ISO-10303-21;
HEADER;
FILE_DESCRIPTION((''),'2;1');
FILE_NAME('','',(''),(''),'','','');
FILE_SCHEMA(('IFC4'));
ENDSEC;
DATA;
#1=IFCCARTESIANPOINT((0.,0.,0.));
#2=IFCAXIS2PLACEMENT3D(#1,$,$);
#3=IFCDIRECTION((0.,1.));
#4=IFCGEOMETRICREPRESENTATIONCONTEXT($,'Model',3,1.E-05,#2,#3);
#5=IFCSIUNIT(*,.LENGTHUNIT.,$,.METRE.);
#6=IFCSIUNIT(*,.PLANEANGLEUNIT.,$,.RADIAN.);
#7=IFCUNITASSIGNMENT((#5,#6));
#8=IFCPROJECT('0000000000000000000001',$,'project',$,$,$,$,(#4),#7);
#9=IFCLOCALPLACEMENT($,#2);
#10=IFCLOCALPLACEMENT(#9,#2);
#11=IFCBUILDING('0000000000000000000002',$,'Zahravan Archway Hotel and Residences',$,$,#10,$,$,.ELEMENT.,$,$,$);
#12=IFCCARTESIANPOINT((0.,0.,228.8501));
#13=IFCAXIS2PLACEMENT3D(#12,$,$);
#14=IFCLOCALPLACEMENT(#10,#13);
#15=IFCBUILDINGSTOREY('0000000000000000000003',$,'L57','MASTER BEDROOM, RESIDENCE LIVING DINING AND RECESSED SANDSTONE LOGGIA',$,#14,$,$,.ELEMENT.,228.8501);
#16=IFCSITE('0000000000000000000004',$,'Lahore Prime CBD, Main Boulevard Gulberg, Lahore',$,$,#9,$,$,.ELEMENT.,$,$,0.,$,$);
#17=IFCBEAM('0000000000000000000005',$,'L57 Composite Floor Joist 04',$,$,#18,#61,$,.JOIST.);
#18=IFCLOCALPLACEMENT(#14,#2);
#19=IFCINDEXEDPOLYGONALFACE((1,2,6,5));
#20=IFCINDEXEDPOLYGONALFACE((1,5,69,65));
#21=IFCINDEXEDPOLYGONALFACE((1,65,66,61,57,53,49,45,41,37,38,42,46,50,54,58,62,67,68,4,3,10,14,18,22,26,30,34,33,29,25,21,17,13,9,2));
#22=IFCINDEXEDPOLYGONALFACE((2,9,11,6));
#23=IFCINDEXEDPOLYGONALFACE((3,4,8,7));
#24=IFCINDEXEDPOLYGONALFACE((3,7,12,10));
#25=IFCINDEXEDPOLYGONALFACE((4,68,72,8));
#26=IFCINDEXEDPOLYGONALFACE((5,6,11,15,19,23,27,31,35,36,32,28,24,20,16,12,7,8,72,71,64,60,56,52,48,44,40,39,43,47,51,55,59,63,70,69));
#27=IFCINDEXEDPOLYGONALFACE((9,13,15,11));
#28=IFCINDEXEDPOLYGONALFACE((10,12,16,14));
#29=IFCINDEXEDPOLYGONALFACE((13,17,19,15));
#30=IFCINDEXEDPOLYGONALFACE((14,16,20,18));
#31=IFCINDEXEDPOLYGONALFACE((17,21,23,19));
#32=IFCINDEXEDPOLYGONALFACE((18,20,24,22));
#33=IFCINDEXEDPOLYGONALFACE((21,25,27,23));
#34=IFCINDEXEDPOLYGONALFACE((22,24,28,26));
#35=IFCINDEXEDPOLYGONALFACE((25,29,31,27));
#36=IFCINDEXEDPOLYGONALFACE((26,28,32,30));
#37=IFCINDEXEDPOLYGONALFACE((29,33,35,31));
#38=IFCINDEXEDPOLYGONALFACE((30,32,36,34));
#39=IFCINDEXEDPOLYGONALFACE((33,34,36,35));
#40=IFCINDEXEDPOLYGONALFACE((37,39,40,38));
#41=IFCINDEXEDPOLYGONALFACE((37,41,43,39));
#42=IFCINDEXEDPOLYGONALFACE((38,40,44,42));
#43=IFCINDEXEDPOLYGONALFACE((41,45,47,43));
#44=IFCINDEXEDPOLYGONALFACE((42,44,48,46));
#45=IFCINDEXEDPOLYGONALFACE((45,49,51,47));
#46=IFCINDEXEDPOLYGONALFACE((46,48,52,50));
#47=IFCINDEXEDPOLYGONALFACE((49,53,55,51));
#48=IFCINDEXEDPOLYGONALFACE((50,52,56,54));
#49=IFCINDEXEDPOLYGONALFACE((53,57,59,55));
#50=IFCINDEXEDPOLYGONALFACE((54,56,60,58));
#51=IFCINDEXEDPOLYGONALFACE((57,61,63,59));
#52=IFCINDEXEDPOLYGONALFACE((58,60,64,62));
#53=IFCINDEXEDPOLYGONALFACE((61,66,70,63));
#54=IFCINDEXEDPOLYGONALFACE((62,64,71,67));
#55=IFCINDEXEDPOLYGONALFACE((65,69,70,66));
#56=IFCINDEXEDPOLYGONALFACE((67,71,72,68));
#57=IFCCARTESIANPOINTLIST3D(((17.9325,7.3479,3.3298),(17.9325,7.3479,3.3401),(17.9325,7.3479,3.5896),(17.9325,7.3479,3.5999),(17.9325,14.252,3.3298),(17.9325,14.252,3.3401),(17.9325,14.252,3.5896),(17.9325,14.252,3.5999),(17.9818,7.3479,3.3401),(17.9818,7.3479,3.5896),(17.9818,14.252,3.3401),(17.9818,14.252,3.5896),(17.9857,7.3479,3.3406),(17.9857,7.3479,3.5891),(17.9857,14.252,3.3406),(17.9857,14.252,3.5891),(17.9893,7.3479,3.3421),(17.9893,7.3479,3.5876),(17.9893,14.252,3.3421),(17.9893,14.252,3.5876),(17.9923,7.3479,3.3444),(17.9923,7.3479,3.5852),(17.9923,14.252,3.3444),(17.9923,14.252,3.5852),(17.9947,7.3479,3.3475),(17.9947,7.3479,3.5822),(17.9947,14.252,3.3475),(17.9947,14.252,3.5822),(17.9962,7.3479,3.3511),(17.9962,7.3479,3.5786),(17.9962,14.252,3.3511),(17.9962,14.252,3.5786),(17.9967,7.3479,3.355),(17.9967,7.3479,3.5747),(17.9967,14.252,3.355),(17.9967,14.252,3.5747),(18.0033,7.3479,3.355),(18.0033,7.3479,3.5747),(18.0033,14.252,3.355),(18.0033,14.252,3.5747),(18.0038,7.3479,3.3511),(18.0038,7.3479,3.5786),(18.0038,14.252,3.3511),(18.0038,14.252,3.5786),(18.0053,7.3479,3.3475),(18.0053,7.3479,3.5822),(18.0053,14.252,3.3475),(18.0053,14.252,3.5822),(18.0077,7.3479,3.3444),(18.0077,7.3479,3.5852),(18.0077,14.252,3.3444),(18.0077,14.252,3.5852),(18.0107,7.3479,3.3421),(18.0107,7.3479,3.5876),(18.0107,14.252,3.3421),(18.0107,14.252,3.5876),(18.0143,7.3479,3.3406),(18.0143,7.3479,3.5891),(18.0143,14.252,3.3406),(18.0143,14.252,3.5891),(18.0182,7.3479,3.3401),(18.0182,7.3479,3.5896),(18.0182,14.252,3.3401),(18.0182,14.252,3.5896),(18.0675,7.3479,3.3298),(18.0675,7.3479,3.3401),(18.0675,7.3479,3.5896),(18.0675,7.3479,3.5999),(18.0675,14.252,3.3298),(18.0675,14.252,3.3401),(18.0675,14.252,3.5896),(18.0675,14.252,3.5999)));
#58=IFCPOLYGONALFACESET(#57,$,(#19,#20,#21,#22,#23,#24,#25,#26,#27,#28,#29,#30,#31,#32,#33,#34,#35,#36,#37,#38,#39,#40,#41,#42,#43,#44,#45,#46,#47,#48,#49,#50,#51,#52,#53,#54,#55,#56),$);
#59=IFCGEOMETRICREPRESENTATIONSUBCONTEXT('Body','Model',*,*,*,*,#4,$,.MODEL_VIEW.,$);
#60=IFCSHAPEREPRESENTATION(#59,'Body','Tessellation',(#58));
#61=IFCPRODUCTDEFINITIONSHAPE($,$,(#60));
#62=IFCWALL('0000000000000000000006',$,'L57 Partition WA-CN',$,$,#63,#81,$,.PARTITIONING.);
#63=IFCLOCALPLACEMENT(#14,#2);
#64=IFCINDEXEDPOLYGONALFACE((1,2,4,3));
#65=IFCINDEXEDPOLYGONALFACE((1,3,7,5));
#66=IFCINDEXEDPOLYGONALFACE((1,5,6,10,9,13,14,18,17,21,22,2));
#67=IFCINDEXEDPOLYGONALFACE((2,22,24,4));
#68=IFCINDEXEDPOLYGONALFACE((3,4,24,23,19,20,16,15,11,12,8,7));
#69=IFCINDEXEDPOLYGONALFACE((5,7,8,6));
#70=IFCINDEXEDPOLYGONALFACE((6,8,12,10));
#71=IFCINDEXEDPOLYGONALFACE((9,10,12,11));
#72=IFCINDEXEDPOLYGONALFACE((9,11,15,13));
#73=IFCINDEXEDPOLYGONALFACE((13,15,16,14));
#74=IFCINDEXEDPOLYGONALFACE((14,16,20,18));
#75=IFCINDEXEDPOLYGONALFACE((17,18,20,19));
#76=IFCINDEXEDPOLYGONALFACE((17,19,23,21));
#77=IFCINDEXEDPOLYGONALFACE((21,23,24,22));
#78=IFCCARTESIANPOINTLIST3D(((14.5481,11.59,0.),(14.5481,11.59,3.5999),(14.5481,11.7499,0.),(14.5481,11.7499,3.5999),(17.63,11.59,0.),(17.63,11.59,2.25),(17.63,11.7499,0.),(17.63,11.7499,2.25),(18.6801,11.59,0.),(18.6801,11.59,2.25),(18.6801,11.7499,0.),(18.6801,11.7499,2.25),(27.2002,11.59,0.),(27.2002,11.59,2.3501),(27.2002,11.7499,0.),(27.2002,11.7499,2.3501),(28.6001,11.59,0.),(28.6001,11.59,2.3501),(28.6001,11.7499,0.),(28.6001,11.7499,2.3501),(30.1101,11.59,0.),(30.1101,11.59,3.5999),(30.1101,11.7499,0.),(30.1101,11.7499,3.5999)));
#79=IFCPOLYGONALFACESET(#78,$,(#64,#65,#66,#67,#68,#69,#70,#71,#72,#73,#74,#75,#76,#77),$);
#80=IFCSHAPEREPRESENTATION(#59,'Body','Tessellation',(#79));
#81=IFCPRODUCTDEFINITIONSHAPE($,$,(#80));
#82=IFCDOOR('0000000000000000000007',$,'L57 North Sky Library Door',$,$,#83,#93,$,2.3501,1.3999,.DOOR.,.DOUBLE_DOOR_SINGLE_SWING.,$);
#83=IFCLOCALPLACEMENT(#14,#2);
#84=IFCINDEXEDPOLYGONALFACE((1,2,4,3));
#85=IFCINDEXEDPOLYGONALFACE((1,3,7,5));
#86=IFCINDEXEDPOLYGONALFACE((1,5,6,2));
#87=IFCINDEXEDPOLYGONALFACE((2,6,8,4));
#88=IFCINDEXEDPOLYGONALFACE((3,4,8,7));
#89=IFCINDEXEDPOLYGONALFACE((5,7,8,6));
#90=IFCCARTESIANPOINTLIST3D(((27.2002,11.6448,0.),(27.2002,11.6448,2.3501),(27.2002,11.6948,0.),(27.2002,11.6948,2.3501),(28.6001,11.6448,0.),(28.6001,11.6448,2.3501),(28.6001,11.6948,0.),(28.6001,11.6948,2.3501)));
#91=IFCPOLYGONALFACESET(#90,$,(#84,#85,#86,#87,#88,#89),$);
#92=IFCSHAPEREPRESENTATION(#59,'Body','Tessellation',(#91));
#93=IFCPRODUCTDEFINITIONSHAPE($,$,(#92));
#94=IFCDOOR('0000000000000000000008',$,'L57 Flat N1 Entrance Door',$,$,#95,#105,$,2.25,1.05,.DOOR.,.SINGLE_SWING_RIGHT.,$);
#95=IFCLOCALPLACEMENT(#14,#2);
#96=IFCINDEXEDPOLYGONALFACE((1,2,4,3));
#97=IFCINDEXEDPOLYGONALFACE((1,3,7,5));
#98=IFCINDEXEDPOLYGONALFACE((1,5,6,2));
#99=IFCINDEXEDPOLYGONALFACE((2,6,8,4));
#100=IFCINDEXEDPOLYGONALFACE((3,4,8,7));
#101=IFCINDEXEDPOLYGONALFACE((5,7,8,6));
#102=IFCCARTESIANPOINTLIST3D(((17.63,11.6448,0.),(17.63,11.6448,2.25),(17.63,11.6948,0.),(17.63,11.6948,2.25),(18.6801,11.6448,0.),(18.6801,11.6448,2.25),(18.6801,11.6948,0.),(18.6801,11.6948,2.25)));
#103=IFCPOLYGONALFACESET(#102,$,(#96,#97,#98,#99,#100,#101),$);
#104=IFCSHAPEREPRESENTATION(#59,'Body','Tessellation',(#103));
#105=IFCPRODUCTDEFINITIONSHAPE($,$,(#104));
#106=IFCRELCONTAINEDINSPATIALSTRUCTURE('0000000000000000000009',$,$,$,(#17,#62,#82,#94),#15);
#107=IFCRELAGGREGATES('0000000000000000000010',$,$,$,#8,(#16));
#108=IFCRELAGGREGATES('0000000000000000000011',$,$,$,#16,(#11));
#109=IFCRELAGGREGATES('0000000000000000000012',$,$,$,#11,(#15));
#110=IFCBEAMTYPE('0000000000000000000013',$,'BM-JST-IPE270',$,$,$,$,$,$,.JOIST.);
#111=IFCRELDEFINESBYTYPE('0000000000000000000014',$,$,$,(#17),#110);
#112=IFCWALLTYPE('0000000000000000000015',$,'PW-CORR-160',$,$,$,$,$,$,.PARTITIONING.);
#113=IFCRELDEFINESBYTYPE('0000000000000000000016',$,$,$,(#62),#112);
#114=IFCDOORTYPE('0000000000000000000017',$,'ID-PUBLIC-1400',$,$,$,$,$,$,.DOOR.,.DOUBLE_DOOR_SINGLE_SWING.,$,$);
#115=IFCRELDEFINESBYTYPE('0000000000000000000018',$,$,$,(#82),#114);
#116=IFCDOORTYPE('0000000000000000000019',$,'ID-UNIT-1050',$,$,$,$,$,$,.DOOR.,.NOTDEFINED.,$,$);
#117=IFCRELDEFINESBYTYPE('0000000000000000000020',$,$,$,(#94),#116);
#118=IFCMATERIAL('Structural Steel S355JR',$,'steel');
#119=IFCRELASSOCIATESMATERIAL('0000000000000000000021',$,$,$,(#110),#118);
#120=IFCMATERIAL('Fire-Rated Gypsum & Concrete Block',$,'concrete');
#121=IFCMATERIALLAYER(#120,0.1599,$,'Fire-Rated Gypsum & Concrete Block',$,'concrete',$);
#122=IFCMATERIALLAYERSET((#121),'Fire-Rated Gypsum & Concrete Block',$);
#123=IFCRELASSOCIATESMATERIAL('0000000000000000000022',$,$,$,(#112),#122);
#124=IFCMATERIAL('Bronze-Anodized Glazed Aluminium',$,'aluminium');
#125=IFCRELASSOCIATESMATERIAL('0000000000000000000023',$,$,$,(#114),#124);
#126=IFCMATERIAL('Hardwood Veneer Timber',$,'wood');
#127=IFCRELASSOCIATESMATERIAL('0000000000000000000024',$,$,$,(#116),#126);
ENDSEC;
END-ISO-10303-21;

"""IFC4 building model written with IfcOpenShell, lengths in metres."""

from ifc_helpers import new_model, si_unit, direction, frame, frame_2d, origin, origin_2d, place, context, subcontext, project, spatial, rectangle, i_section, extrude, source, transform, mapped, material, layer, layer_set, material_profile, profile_set, type_object, type_shapes, element, fill, save


model = new_model("IFC4")

# Units and contexts
model_context = context("Model", 3, precision=1e-05, world=origin(), true_north=direction((0.0, 1.0)))
body_context = subcontext(model_context, "Body", "Model", "MODEL_VIEW")
ifc_project = project(units=[si_unit("LENGTHUNIT", "METRE"), si_unit("PLANEANGLEUNIT", "RADIAN")], contexts=[model_context])

# Site, building, storey
site_placement = place(None, origin())
site = spatial("IfcSite", under=ifc_project, at=site_placement, Name="Lahore Prime CBD, Main Boulevard Gulberg, Lahore", CompositionType="ELEMENT", RefElevation=0.0)
building_placement = place(site_placement, origin())
building = spatial("IfcBuilding", under=site, at=building_placement, Name="Zahravan Archway Hotel and Residences", CompositionType="ELEMENT")
storey_placement = place(building_placement, frame((0.0, 0.0, 228.8501)))
storey = spatial("IfcBuildingStorey", under=building, at=storey_placement, Name="L57", Description="MASTER BEDROOM, RESIDENCE LIVING DINING AND RECESSED SANDSTONE LOGGIA", CompositionType="ELEMENT", Elevation=228.8501)

# Beam
ifc_material_1 = material(Name="Structural Steel S355JR", Category="steel")
ifc_material_profile_1 = material_profile(ifc_material_1, i_section(OverallWidth=0.135, OverallDepth=0.27, WebThickness=0.0066, FlangeThickness=0.0103, FilletRadius=0.0149, at=origin_2d()), Name="IPE 270", Category="steel")
ifc_profile_set_1 = profile_set([ifc_material_profile_1], Name="Structural Steel S355JR")
beam_type_1 = type_object("IfcBeamType", Name="BM-JST-IPE270", PredefinedType="JOIST", material=ifc_profile_set_1)
shared_shape_1 = source(origin(), body_context, "Body", "SweptSolid", [
    extrude(i_section(OverallWidth=0.135, OverallDepth=0.27, WebThickness=0.0066, FlangeThickness=0.0103, FilletRadius=0.0149, at=origin_2d()), origin(), (0.0, 0.0, 1.0), 6.9041),
])
type_shapes(beam_type_1, [shared_shape_1])
beam_1_placement = place(storey_placement, frame((18.0, 7.3479, 3.4648), z_axis=(0.0, 1.0, 0.0), x_axis=(-1.0, 0.0, 0.0)))
element("IfcBeam", 1, at=beam_1_placement, inside=storey, type_object=beam_type_1, Name="L57 Composite Floor Joist 04", PredefinedType="JOIST", context=body_context, shape_type="MappedRepresentation", body=[
    mapped(shared_shape_1, transform((0.0, 0.0, 0.0), scale=1.0)),
])

# Wall, openings, doors
ifc_material_2 = material(Name="Fire-Rated Gypsum & Concrete Block", Category="concrete")
ifc_layer_1 = layer(ifc_material_2, 0.1599, Name="Fire-Rated Gypsum & Concrete Block", Category="concrete")
ifc_layer_set_1 = layer_set([ifc_layer_1], Name="Fire-Rated Gypsum & Concrete Block")
wall_type_1 = type_object("IfcWallType", Name="PW-CORR-160", PredefinedType="PARTITIONING", material=ifc_layer_set_1)
wall_1_placement = place(storey_placement, frame((14.5481, 11.6699, 0.0), z_axis=(0.0, 0.0, 1.0), x_axis=(1.0, 0.0, 0.0)))
wall_1 = element("IfcWall", 2, at=wall_1_placement, inside=storey, type_object=wall_type_1, Name="L57 Partition WA-CN", PredefinedType="PARTITIONING", context=body_context, shape_type="SweptSolid", body=[
    extrude(rectangle(XDim=15.562, YDim=0.1599, at=frame_2d((7.781, 0.0))), origin(), (0.0, 0.0, 1.0), 3.5999),
])
opening_1_placement = place(wall_1_placement, frame((3.082, 0.0, 0.0)))
opening_1 = element("IfcOpeningElement", 3, at=opening_1_placement, cuts=wall_1, PredefinedType="OPENING", context=body_context, shape_type="SweptSolid", body=[
    extrude(rectangle(XDim=1.05, YDim=2.25, at=frame_2d((0.5249, 1.125))), frame((0.0, 0.0898, 0.0), z_axis=(0.0, -1.0, 0.0), x_axis=(1.0, 0.0, 0.0)), (0.0, 0.0, 1.0), 0.1799),
])
opening_2_placement = place(wall_1_placement, frame((12.6521, 0.0, 0.0)))
opening_2 = element("IfcOpeningElement", 4, at=opening_2_placement, cuts=wall_1, PredefinedType="OPENING", context=body_context, shape_type="SweptSolid", body=[
    extrude(rectangle(XDim=1.3999, YDim=2.3501, at=frame_2d((0.7, 1.175))), frame((0.0, 0.0898, 0.0), z_axis=(0.0, -1.0, 0.0), x_axis=(1.0, 0.0, 0.0)), (0.0, 0.0, 1.0), 0.1799),
])
ifc_material_3 = material(Name="Bronze-Anodized Glazed Aluminium", Category="aluminium")
door_type_1 = type_object("IfcDoorType", Name="ID-PUBLIC-1400", OperationType="DOUBLE_DOOR_SINGLE_SWING", PredefinedType="DOOR", material=ifc_material_3)
shared_shape_2 = source(origin(), body_context, "Body", "SweptSolid", [
    extrude(rectangle(XDim=1.3999, YDim=2.3501, at=frame_2d((0.7, 1.175))), frame((0.0, 0.0249, 0.0), z_axis=(0.0, -1.0, 0.0), x_axis=(1.0, 0.0, 0.0)), (0.0, 0.0, 1.0), 0.05),
])
type_shapes(door_type_1, [shared_shape_2])
door_1_placement = place(opening_2_placement, origin())
door_1 = element("IfcDoor", 5, at=door_1_placement, inside=storey, type_object=door_type_1, Name="L57 North Sky Library Door", OperationType="DOUBLE_DOOR_SINGLE_SWING", OverallHeight=2.3501, OverallWidth=1.3999, PredefinedType="DOOR", context=body_context, shape_type="MappedRepresentation", body=[
    mapped(shared_shape_2, transform((0.0, 0.0, 0.0), scale=1.0)),
])
fill(opening_2, door_1)
ifc_material_4 = material(Name="Hardwood Veneer Timber", Category="wood")
door_type_2 = type_object("IfcDoorType", Name="ID-UNIT-1050", OperationType="NOTDEFINED", PredefinedType="DOOR", material=ifc_material_4)
shared_shape_3 = source(origin(), body_context, "Body", "SweptSolid", [
    extrude(rectangle(XDim=1.05, YDim=2.25, at=frame_2d((0.5249, 1.125))), frame((0.0, 0.0249, 0.0), z_axis=(0.0, -1.0, 0.0), x_axis=(1.0, 0.0, 0.0)), (0.0, 0.0, 1.0), 0.05),
])
type_shapes(door_type_2, [shared_shape_3])
door_2_placement = place(opening_1_placement, origin())
door_2 = element("IfcDoor", 6, at=door_2_placement, inside=storey, type_object=door_type_2, Name="L57 Flat N1 Entrance Door", OperationType="SINGLE_SWING_RIGHT", OverallHeight=2.25, OverallWidth=1.05, PredefinedType="DOOR", context=body_context, shape_type="MappedRepresentation", body=[
    mapped(shared_shape_3, transform((0.0, 0.0, 0.0), scale=1.0)),
])
fill(opening_1, door_2)

save(model, "model.ifc")
